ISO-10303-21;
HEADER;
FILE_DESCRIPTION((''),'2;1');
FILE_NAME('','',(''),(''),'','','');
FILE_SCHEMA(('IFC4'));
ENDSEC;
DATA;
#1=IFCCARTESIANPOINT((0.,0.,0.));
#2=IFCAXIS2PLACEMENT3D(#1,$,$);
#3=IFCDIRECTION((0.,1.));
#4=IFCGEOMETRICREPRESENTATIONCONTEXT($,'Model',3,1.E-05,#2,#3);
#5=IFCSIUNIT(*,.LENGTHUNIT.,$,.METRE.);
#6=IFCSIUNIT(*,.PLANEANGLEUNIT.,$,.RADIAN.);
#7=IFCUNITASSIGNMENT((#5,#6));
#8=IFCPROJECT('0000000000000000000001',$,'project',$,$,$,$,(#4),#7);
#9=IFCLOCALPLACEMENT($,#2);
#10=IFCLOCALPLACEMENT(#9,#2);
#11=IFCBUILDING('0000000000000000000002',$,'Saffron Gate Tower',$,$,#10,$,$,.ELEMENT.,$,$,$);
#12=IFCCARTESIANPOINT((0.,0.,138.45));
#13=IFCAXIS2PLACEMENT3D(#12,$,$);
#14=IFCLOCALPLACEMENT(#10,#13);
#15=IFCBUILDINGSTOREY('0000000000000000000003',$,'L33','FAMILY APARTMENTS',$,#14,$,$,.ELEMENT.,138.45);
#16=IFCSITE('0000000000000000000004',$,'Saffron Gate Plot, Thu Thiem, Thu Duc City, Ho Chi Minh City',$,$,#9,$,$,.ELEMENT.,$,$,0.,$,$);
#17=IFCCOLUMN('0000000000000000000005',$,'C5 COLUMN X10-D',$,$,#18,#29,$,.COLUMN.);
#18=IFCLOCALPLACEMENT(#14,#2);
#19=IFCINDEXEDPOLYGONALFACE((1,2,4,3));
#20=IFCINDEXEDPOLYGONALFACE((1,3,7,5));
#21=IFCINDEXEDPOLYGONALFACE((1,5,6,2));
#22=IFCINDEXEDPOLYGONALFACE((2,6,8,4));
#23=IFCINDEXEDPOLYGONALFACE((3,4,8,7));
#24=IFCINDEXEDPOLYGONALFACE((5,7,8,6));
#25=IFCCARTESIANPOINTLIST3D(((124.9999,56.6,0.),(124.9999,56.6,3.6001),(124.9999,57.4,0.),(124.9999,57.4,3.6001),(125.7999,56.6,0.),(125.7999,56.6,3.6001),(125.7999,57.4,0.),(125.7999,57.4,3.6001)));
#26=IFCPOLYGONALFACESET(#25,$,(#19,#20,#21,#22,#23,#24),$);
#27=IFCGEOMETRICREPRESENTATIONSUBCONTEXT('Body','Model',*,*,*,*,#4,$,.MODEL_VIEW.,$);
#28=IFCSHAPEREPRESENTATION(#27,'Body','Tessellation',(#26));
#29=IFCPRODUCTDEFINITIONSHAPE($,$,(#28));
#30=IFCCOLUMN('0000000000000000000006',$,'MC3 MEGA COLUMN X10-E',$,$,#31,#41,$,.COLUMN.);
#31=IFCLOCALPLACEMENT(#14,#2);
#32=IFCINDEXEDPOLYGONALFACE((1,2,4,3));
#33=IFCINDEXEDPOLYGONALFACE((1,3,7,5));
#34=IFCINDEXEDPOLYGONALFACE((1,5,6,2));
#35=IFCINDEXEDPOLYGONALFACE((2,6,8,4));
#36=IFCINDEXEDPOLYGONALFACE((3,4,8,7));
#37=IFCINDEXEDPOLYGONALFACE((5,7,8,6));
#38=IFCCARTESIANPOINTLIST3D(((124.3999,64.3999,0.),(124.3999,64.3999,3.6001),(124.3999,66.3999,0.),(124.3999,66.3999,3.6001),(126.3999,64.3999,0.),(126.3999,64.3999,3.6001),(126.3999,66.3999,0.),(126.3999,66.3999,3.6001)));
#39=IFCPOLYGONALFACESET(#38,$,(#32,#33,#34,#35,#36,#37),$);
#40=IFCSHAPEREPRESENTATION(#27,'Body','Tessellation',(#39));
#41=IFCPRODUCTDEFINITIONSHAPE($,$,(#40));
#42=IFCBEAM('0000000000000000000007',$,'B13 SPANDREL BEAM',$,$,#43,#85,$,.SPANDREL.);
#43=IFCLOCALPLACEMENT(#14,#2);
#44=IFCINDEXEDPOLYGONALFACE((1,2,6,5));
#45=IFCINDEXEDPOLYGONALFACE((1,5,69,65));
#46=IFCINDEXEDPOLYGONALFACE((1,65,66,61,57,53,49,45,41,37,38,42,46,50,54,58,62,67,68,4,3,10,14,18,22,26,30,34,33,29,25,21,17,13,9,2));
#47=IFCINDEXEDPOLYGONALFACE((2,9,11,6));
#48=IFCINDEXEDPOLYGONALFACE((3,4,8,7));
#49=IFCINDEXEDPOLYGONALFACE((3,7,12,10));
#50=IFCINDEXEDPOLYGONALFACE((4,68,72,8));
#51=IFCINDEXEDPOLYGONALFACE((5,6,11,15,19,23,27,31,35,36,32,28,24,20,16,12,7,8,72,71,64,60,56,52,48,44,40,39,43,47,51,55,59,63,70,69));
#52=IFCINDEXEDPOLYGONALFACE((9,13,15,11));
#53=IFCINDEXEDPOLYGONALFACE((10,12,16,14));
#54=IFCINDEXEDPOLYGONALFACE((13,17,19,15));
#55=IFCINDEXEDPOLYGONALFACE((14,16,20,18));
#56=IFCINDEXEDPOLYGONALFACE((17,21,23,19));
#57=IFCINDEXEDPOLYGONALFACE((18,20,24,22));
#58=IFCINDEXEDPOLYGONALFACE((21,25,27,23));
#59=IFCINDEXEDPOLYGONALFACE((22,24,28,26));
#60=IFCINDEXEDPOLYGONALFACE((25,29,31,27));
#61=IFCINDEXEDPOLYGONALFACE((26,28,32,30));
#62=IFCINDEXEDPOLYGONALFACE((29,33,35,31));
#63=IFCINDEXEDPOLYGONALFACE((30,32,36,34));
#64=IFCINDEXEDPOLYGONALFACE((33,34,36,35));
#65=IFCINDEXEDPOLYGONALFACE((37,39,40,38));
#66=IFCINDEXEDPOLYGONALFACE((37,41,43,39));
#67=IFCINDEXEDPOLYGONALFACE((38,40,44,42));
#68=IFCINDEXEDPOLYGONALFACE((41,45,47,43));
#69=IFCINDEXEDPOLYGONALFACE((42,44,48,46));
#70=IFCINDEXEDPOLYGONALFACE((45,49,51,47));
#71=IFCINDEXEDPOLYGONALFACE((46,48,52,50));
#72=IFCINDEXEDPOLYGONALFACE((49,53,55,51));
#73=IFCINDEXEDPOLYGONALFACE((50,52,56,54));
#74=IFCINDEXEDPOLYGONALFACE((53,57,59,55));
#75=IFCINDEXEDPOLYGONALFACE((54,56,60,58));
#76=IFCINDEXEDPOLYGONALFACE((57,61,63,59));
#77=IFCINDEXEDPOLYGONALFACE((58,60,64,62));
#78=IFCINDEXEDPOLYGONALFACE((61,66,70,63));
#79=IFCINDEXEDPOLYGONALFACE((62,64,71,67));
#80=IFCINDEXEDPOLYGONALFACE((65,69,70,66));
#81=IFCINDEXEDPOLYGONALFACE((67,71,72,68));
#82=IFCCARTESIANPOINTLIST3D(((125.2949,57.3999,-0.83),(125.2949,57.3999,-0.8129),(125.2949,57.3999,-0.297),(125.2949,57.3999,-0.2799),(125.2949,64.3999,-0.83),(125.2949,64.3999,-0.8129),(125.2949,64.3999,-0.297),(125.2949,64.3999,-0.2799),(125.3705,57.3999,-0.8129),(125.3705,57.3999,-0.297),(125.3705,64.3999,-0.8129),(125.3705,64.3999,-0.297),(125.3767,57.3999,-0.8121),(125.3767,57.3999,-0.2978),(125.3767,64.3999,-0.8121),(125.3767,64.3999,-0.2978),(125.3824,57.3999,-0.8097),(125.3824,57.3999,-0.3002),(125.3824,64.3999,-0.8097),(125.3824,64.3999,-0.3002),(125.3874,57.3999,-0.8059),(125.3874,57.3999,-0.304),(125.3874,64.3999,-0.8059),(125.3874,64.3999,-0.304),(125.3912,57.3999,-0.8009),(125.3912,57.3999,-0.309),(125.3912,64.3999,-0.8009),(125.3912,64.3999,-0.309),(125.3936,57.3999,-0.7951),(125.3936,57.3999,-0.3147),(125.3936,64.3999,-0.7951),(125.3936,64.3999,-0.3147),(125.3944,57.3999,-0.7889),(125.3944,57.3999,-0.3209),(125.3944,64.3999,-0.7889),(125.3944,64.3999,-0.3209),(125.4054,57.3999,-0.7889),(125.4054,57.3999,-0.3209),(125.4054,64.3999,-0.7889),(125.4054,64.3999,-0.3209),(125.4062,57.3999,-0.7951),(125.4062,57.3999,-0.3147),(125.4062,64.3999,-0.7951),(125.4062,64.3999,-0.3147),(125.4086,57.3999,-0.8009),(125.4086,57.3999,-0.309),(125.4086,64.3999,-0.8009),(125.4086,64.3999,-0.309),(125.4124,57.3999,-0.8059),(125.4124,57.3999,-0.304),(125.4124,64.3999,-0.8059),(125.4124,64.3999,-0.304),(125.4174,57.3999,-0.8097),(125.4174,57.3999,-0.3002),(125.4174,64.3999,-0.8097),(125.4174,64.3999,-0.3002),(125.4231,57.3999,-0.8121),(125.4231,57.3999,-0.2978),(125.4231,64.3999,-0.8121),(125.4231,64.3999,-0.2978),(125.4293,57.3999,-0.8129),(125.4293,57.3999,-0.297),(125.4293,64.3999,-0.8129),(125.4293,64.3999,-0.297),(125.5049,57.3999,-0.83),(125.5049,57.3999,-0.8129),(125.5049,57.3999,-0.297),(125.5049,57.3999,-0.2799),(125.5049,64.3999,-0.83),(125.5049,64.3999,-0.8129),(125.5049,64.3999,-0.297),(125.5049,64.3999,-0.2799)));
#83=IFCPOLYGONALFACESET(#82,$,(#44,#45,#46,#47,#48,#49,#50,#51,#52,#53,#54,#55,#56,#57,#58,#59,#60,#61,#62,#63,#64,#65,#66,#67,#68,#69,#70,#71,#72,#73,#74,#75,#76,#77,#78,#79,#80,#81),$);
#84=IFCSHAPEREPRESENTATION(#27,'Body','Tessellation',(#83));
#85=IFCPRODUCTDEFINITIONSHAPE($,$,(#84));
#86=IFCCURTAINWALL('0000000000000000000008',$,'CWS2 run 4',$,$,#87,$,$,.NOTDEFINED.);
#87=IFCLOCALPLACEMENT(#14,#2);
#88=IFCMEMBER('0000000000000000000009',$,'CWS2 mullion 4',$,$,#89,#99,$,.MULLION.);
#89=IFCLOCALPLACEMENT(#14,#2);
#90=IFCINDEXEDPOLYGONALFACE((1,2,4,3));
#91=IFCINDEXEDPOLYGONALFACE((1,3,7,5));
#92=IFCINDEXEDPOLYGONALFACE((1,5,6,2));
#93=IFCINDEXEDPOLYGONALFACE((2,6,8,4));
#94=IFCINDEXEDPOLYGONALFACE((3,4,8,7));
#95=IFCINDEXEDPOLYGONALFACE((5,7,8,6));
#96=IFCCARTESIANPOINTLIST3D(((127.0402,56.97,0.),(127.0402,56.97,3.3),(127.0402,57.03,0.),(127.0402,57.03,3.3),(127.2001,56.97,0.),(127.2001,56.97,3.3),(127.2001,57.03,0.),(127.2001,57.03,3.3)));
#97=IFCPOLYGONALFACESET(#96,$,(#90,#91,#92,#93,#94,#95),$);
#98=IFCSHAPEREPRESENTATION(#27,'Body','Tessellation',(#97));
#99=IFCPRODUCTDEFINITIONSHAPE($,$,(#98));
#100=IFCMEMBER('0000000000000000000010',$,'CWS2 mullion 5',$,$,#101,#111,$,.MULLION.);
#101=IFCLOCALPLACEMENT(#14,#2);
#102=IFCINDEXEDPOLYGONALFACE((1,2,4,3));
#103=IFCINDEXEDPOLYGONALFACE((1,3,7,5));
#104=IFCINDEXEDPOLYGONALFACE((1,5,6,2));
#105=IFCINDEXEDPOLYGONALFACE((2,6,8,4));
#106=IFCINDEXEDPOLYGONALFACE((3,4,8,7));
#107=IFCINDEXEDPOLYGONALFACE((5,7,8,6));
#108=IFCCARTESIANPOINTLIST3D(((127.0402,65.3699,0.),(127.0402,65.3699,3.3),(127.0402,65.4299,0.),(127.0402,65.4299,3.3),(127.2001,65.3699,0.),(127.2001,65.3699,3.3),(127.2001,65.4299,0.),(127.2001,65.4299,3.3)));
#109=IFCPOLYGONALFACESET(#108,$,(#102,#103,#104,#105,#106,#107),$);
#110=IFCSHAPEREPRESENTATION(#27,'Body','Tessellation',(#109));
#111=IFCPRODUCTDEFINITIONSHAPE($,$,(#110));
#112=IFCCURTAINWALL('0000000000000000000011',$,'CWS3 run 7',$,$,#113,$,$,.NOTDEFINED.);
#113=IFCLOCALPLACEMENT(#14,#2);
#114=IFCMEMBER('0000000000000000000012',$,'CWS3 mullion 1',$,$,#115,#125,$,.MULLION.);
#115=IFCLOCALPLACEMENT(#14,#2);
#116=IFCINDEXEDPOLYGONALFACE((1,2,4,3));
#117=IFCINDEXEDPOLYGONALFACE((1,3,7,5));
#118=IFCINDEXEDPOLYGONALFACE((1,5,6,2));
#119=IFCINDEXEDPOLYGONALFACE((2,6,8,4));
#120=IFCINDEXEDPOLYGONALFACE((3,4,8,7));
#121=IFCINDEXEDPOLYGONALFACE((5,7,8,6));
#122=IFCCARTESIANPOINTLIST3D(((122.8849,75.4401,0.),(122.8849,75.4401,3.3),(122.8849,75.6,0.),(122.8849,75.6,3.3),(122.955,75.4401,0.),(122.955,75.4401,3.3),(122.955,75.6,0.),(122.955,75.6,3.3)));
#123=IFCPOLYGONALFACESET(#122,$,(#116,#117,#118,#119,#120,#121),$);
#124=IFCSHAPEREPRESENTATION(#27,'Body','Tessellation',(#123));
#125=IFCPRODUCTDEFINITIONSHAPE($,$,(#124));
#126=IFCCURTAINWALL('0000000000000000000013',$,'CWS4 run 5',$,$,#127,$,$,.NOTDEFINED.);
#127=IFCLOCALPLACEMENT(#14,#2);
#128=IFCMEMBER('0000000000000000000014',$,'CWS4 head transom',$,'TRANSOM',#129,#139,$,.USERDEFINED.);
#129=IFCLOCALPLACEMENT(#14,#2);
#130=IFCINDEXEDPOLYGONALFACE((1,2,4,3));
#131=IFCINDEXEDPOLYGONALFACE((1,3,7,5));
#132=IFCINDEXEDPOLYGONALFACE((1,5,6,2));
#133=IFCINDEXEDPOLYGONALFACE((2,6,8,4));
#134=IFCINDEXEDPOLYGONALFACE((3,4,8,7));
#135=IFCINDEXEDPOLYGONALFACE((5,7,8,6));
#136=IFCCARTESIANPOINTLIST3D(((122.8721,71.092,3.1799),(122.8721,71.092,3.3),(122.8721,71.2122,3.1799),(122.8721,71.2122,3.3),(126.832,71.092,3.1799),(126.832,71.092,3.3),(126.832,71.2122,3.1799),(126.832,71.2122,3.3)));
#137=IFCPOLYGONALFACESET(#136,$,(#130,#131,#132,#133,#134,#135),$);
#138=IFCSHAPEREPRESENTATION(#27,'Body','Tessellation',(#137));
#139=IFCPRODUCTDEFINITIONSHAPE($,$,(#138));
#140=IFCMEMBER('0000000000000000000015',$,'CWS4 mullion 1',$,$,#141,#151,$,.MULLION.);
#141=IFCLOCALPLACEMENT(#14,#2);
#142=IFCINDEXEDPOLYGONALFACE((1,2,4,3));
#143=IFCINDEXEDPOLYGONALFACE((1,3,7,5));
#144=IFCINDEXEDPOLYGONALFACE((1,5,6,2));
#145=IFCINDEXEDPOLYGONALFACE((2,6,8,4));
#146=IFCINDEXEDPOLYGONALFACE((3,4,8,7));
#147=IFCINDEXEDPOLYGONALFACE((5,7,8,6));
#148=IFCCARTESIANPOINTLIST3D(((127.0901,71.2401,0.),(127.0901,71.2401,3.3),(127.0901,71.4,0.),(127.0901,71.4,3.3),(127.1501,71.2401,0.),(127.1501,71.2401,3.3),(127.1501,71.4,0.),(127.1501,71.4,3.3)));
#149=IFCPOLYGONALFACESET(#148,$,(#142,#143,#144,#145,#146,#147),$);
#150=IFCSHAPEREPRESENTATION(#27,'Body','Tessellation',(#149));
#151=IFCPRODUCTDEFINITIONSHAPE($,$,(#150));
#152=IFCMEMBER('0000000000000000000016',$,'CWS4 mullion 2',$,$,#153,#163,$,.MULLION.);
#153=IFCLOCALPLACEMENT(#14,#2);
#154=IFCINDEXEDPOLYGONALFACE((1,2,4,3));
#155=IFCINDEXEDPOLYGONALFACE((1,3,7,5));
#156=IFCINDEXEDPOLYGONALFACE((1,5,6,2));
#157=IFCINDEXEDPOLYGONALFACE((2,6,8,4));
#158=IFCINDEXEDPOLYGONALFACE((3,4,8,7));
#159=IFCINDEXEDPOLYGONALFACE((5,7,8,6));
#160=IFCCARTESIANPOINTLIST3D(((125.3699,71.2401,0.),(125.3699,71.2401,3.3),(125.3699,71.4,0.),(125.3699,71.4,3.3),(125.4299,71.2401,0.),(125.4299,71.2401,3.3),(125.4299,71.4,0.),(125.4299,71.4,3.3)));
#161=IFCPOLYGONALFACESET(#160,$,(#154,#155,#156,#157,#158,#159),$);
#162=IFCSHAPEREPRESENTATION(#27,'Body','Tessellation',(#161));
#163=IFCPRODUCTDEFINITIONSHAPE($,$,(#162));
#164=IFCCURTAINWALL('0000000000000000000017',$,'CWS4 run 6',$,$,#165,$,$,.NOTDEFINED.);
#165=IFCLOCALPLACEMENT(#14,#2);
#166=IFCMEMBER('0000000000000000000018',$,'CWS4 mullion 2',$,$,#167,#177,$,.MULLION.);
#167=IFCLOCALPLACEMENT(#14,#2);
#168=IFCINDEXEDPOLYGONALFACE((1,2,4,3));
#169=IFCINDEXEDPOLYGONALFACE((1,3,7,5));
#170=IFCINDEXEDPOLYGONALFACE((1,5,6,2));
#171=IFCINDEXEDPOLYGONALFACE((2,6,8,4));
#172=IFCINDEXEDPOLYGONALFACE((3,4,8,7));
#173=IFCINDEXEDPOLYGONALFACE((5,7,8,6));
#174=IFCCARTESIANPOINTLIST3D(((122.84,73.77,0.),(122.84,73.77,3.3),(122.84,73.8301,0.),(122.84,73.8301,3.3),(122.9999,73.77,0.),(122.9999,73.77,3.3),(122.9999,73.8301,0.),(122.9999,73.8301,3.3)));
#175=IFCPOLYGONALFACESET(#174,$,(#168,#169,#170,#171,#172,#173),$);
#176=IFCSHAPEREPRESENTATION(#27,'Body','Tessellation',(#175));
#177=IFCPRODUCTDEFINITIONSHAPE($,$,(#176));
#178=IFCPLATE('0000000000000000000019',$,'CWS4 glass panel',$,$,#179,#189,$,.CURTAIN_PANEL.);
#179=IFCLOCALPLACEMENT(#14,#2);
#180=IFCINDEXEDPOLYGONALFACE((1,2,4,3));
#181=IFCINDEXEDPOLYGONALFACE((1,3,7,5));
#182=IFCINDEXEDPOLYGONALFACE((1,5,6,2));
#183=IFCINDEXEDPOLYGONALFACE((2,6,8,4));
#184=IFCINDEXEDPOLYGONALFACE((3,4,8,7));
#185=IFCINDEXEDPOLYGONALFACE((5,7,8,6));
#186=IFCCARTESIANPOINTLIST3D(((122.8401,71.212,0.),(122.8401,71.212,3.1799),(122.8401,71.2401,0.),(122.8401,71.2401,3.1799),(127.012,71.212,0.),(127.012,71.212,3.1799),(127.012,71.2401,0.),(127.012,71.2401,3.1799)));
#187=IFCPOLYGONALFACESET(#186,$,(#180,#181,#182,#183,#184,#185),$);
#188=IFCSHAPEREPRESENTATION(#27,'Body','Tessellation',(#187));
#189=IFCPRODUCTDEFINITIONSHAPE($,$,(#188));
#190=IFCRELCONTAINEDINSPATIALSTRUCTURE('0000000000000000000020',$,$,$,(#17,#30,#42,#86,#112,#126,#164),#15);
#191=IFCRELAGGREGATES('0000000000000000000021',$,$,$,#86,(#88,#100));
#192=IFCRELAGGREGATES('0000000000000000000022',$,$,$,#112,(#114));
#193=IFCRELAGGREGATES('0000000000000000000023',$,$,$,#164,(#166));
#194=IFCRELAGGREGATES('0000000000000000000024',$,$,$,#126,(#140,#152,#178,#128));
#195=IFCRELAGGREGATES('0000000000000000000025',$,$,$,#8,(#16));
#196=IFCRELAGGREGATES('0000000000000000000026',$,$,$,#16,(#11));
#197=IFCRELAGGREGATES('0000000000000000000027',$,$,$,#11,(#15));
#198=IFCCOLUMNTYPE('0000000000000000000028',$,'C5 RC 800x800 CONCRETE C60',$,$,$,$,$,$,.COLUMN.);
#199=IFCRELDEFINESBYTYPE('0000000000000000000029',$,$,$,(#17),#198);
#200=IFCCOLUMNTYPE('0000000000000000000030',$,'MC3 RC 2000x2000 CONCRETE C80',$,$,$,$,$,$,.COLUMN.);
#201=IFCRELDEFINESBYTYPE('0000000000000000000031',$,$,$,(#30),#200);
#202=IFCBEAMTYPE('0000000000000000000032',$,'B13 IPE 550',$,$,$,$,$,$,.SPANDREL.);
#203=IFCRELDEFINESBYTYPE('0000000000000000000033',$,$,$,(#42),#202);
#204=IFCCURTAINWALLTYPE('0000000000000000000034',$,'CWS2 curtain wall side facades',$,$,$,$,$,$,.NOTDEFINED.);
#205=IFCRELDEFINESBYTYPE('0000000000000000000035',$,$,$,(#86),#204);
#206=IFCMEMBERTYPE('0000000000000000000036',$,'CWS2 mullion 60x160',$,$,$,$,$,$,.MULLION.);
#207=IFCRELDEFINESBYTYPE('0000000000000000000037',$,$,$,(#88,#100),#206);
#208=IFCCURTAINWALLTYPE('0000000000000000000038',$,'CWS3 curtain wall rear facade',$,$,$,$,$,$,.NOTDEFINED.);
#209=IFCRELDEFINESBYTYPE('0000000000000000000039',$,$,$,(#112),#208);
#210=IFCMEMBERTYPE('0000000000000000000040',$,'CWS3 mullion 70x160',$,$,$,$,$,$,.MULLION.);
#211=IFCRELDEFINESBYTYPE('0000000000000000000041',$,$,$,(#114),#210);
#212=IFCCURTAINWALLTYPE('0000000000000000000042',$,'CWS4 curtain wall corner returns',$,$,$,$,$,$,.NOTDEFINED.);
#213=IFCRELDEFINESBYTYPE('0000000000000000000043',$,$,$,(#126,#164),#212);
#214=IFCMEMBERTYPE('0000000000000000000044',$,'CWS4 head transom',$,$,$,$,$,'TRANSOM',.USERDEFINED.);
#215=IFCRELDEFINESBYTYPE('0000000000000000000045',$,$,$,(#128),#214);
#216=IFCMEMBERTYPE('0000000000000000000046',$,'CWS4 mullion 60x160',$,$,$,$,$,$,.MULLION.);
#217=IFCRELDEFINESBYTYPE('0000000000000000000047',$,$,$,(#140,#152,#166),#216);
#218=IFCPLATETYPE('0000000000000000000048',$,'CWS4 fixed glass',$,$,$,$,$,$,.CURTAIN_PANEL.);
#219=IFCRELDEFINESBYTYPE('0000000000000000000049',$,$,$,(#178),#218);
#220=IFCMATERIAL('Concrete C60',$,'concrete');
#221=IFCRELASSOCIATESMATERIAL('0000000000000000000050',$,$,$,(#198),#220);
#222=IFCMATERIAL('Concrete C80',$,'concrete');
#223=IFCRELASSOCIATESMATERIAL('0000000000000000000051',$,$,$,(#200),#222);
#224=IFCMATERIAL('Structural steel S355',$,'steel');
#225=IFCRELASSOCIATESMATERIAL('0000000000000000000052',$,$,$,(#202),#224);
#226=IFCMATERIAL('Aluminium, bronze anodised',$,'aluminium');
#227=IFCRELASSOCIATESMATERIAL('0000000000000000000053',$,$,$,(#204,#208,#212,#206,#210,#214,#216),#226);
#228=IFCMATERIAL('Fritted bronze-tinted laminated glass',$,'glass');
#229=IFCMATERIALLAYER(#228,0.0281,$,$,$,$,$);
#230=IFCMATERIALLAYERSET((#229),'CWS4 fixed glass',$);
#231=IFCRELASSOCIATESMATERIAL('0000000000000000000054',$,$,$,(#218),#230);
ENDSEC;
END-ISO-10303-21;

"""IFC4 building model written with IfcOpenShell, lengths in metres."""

from ifc_helpers import new_model, si_unit, direction, frame, frame_2d, origin, origin_2d, place, context, subcontext, project, spatial, rectangle, i_section, extrude, material, layer, layer_set, material_profile, profile_set, type_object, element, aggregate, save


model = new_model("IFC4")

# Units and contexts
model_context = context("Model", 3, precision=1e-05, world=origin(), true_north=direction((0.0, 1.0)))
body_context = subcontext(model_context, "Body", "Model", "MODEL_VIEW")
ifc_project = project(units=[si_unit("LENGTHUNIT", "METRE"), si_unit("PLANEANGLEUNIT", "RADIAN")], contexts=[model_context])

# Site, building, storey
site_placement = place(None, origin())
site = spatial("IfcSite", under=ifc_project, at=site_placement, Name="Saffron Gate Plot, Thu Thiem, Thu Duc City, Ho Chi Minh City", CompositionType="ELEMENT", RefElevation=0.0)
building_placement = place(site_placement, origin())
building = spatial("IfcBuilding", under=site, at=building_placement, Name="Saffron Gate Tower", CompositionType="ELEMENT")
storey_placement = place(building_placement, frame((0.0, 0.0, 138.45)))
storey = spatial("IfcBuildingStorey", under=building, at=storey_placement, Name="L33", Description="FAMILY APARTMENTS", CompositionType="ELEMENT", Elevation=138.45)

# Columns
ifc_material_1 = material(Name="Concrete C60", Category="concrete")
ifc_material_profile_1 = material_profile(ifc_material_1, rectangle(XDim=0.8, YDim=0.8, at=origin_2d()))
ifc_profile_set_1 = profile_set([ifc_material_profile_1], Name="Concrete C60")
column_type_1 = type_object("IfcColumnType", Name="C5 RC 800x800 CONCRETE C60", PredefinedType="COLUMN", material=ifc_profile_set_1)
column_1_placement = place(storey_placement, frame((125.3999, 57.0, 0.0), z_axis=(0.0, 0.0, 1.0), x_axis=(1.0, 0.0, 0.0)))
element("IfcColumn", 1, at=column_1_placement, inside=storey, type_object=column_type_1, Name="C5 COLUMN X10-D", PredefinedType="COLUMN", context=body_context, shape_type="SweptSolid", body=[
    extrude(rectangle(XDim=0.8, YDim=0.8, at=origin_2d()), origin(), (0.0, 0.0, 1.0), 3.6001),
])
ifc_material_2 = material(Name="Concrete C80", Category="concrete")
ifc_material_profile_2 = material_profile(ifc_material_2, rectangle(XDim=2.0, YDim=2.0, at=origin_2d()))
ifc_profile_set_2 = profile_set([ifc_material_profile_2], Name="Concrete C80")
column_type_2 = type_object("IfcColumnType", Name="MC3 RC 2000x2000 CONCRETE C80", PredefinedType="COLUMN", material=ifc_profile_set_2)
column_2_placement = place(storey_placement, frame((125.3999, 65.3999, 0.0), z_axis=(0.0, 0.0, 1.0), x_axis=(1.0, 0.0, 0.0)))
element("IfcColumn", 2, at=column_2_placement, inside=storey, type_object=column_type_2, Name="MC3 MEGA COLUMN X10-E", PredefinedType="COLUMN", context=body_context, shape_type="SweptSolid", body=[
    extrude(rectangle(XDim=2.0, YDim=2.0, at=origin_2d()), origin(), (0.0, 0.0, 1.0), 3.6001),
])

# Beam
ifc_material_3 = material(Name="Structural steel S355", Category="steel")
ifc_material_profile_3 = material_profile(ifc_material_3, i_section(OverallWidth=0.21, OverallDepth=0.55, WebThickness=0.011, FlangeThickness=0.0171, FilletRadius=0.0239, at=origin_2d()))
ifc_profile_set_3 = profile_set([ifc_material_profile_3], Name="Structural steel S355")
beam_type = type_object("IfcBeamType", Name="B13 IPE 550", PredefinedType="SPANDREL", material=ifc_profile_set_3)
beam_placement = place(storey_placement, frame((125.3999, 57.3999, -0.5549), z_axis=(0.0, 1.0, 0.0), x_axis=(-1.0, 0.0, 0.0)))
element("IfcBeam", 3, at=beam_placement, inside=storey, type_object=beam_type, Name="B13 SPANDREL BEAM", PredefinedType="SPANDREL", context=body_context, shape_type="SweptSolid", body=[
    extrude(i_section(OverallWidth=0.21, OverallDepth=0.55, WebThickness=0.011, FlangeThickness=0.0171, FilletRadius=0.0239, at=origin_2d()), origin(), (0.0, 0.0, 1.0), 7.0),
])

# Curtain wall, members
ifc_material_4 = material(Name="Aluminium, bronze anodised", Category="aluminium")
curtain_wall_type_1 = type_object("IfcCurtainWallType", Name="CWS2 curtain wall side facades", PredefinedType="NOTDEFINED", material=ifc_material_4)
curtain_wall_1_placement = place(storey_placement, origin())
curtain_wall_1 = element("IfcCurtainWall", 4, at=curtain_wall_1_placement, inside=storey, type_object=curtain_wall_type_1, Name="CWS2 run 4", PredefinedType="NOTDEFINED")
ifc_material_profile_4 = material_profile(ifc_material_4, rectangle(XDim=0.1599, YDim=0.0601, at=origin_2d()))
ifc_profile_set_4 = profile_set([ifc_material_profile_4], Name="Aluminium, bronze anodised")
member_type_1 = type_object("IfcMemberType", Name="CWS2 mullion 60x160", PredefinedType="MULLION", material=ifc_profile_set_4)
member_1_placement = place(storey_placement, frame((127.1201, 57.0, 0.0), z_axis=(0.0, 0.0, 1.0), x_axis=(-1.0, 0.0, 0.0)))
member_1 = element("IfcMember", 5, at=member_1_placement, type_object=member_type_1, Name="CWS2 mullion 4", PredefinedType="MULLION", context=body_context, shape_type="SweptSolid", body=[
    extrude(rectangle(XDim=0.1599, YDim=0.0601, at=origin_2d()), origin(), (0.0, 0.0, 1.0), 3.3),
])
member_2_placement = place(storey_placement, frame((127.1201, 65.3999, 0.0), z_axis=(0.0, 0.0, 1.0), x_axis=(-1.0, 0.0, 0.0)))
member_2 = element("IfcMember", 6, at=member_2_placement, type_object=member_type_1, Name="CWS2 mullion 5", PredefinedType="MULLION", context=body_context, shape_type="SweptSolid", body=[
    extrude(rectangle(XDim=0.1599, YDim=0.0601, at=origin_2d()), origin(), (0.0, 0.0, 1.0), 3.3),
])
aggregate(curtain_wall_1, [member_1, member_2])

# Curtain wall, member
curtain_wall_type_2 = type_object("IfcCurtainWallType", Name="CWS3 curtain wall rear facade", PredefinedType="NOTDEFINED", material=ifc_material_4)
curtain_wall_2_placement = place(storey_placement, origin())
curtain_wall_2 = element("IfcCurtainWall", 7, at=curtain_wall_2_placement, inside=storey, type_object=curtain_wall_type_2, Name="CWS3 run 7", PredefinedType="NOTDEFINED")
ifc_material_profile_5 = material_profile(ifc_material_4, rectangle(XDim=0.1599, YDim=0.0701, at=origin_2d()))
ifc_profile_set_5 = profile_set([ifc_material_profile_5], Name="Aluminium, bronze anodised")
member_type_2 = type_object("IfcMemberType", Name="CWS3 mullion 70x160", PredefinedType="MULLION", material=ifc_profile_set_5)
member_3_placement = place(storey_placement, frame((122.9199, 75.52, 0.0), z_axis=(0.0, 0.0, 1.0), x_axis=(0.0, -1.0, 0.0)))
member_3 = element("IfcMember", 8, at=member_3_placement, type_object=member_type_2, Name="CWS3 mullion 1", PredefinedType="MULLION", context=body_context, shape_type="SweptSolid", body=[
    extrude(rectangle(XDim=0.1599, YDim=0.0701, at=origin_2d()), origin(), (0.0, 0.0, 1.0), 3.3),
])
aggregate(curtain_wall_2, [member_3])

# Curtain wall, members
curtain_wall_type_3 = type_object("IfcCurtainWallType", Name="CWS4 curtain wall corner returns", PredefinedType="NOTDEFINED", material=ifc_material_4)
curtain_wall_3_placement = place(storey_placement, origin())
curtain_wall_3 = element("IfcCurtainWall", 9, at=curtain_wall_3_placement, inside=storey, type_object=curtain_wall_type_3, Name="CWS4 run 5", PredefinedType="NOTDEFINED")
ifc_material_profile_6 = material_profile(ifc_material_4, rectangle(XDim=0.1201, YDim=0.1201, at=origin_2d()))
ifc_profile_set_6 = profile_set([ifc_material_profile_6], Name="Aluminium, bronze anodised")
member_type_3 = type_object("IfcMemberType", Name="CWS4 head transom", ElementType="TRANSOM", PredefinedType="USERDEFINED", material=ifc_profile_set_6)
member_4_placement = place(storey_placement, frame((126.832, 71.1521, 3.24), z_axis=(-1.0, 0.0, 0.0), x_axis=(0.0, -1.0, 0.0)))
member_4 = element("IfcMember", 10, at=member_4_placement, type_object=member_type_3, Name="CWS4 head transom", ObjectType="TRANSOM", PredefinedType="USERDEFINED", context=body_context, shape_type="SweptSolid", body=[
    extrude(rectangle(XDim=0.1201, YDim=0.1201, at=origin_2d()), origin(), (0.0, 0.0, 1.0), 3.96),
])
ifc_material_profile_7 = material_profile(ifc_material_4, rectangle(XDim=0.1599, YDim=0.0601, at=origin_2d()))
ifc_profile_set_7 = profile_set([ifc_material_profile_7], Name="Aluminium, bronze anodised")
member_type_4 = type_object("IfcMemberType", Name="CWS4 mullion 60x160", PredefinedType="MULLION", material=ifc_profile_set_7)
member_5_placement = place(storey_placement, frame((127.1201, 71.3201, 0.0), z_axis=(0.0, 0.0, 1.0), x_axis=(0.0, -1.0, 0.0)))
member_5 = element("IfcMember", 11, at=member_5_placement, type_object=member_type_4, Name="CWS4 mullion 1", PredefinedType="MULLION", context=body_context, shape_type="SweptSolid", body=[
    extrude(rectangle(XDim=0.1599, YDim=0.0601, at=origin_2d()), origin(), (0.0, 0.0, 1.0), 3.3),
])
member_6_placement = place(storey_placement, frame((125.3999, 71.3201, 0.0), z_axis=(0.0, 0.0, 1.0), x_axis=(0.0, -1.0, 0.0)))
member_6 = element("IfcMember", 12, at=member_6_placement, type_object=member_type_4, Name="CWS4 mullion 2", PredefinedType="MULLION", context=body_context, shape_type="SweptSolid", body=[
    extrude(rectangle(XDim=0.1599, YDim=0.0601, at=origin_2d()), origin(), (0.0, 0.0, 1.0), 3.3),
])

# Curtain wall, member
curtain_wall_4_placement = place(storey_placement, origin())
curtain_wall_4 = element("IfcCurtainWall", 13, at=curtain_wall_4_placement, inside=storey, type_object=curtain_wall_type_3, Name="CWS4 run 6", PredefinedType="NOTDEFINED")
member_7_placement = place(storey_placement, frame((122.9199, 73.8, 0.0), z_axis=(0.0, 0.0, 1.0), x_axis=(-1.0, 0.0, 0.0)))
member_7 = element("IfcMember", 14, at=member_7_placement, type_object=member_type_4, Name="CWS4 mullion 2", PredefinedType="MULLION", context=body_context, shape_type="SweptSolid", body=[
    extrude(rectangle(XDim=0.1599, YDim=0.0601, at=origin_2d()), origin(), (0.0, 0.0, 1.0), 3.3),
])
aggregate(curtain_wall_4, [member_7])

# Plate
ifc_material_5 = material(Name="Fritted bronze-tinted laminated glass", Category="glass")
ifc_layer_1 = layer(ifc_material_5, 0.0281)
ifc_layer_set_1 = layer_set([ifc_layer_1], Name="CWS4 fixed glass")
plate_type = type_object("IfcPlateType", Name="CWS4 fixed glass", PredefinedType="CURTAIN_PANEL", material=ifc_layer_set_1)
plate_placement = place(storey_placement, frame((127.012, 71.2261, 0.0), z_axis=(0.0, 0.0, 1.0), x_axis=(-1.0, 0.0, 0.0)))
plate = element("IfcPlate", 15, at=plate_placement, type_object=plate_type, Name="CWS4 glass panel", PredefinedType="CURTAIN_PANEL", context=body_context, shape_type="SweptSolid", body=[
    extrude(rectangle(XDim=4.1719, YDim=0.0281, at=frame_2d((2.0859, 0.0))), origin(), (0.0, 0.0, 1.0), 3.1799),
])
aggregate(curtain_wall_3, [member_5, member_6, plate, member_4])

save(model, "model.ifc")
